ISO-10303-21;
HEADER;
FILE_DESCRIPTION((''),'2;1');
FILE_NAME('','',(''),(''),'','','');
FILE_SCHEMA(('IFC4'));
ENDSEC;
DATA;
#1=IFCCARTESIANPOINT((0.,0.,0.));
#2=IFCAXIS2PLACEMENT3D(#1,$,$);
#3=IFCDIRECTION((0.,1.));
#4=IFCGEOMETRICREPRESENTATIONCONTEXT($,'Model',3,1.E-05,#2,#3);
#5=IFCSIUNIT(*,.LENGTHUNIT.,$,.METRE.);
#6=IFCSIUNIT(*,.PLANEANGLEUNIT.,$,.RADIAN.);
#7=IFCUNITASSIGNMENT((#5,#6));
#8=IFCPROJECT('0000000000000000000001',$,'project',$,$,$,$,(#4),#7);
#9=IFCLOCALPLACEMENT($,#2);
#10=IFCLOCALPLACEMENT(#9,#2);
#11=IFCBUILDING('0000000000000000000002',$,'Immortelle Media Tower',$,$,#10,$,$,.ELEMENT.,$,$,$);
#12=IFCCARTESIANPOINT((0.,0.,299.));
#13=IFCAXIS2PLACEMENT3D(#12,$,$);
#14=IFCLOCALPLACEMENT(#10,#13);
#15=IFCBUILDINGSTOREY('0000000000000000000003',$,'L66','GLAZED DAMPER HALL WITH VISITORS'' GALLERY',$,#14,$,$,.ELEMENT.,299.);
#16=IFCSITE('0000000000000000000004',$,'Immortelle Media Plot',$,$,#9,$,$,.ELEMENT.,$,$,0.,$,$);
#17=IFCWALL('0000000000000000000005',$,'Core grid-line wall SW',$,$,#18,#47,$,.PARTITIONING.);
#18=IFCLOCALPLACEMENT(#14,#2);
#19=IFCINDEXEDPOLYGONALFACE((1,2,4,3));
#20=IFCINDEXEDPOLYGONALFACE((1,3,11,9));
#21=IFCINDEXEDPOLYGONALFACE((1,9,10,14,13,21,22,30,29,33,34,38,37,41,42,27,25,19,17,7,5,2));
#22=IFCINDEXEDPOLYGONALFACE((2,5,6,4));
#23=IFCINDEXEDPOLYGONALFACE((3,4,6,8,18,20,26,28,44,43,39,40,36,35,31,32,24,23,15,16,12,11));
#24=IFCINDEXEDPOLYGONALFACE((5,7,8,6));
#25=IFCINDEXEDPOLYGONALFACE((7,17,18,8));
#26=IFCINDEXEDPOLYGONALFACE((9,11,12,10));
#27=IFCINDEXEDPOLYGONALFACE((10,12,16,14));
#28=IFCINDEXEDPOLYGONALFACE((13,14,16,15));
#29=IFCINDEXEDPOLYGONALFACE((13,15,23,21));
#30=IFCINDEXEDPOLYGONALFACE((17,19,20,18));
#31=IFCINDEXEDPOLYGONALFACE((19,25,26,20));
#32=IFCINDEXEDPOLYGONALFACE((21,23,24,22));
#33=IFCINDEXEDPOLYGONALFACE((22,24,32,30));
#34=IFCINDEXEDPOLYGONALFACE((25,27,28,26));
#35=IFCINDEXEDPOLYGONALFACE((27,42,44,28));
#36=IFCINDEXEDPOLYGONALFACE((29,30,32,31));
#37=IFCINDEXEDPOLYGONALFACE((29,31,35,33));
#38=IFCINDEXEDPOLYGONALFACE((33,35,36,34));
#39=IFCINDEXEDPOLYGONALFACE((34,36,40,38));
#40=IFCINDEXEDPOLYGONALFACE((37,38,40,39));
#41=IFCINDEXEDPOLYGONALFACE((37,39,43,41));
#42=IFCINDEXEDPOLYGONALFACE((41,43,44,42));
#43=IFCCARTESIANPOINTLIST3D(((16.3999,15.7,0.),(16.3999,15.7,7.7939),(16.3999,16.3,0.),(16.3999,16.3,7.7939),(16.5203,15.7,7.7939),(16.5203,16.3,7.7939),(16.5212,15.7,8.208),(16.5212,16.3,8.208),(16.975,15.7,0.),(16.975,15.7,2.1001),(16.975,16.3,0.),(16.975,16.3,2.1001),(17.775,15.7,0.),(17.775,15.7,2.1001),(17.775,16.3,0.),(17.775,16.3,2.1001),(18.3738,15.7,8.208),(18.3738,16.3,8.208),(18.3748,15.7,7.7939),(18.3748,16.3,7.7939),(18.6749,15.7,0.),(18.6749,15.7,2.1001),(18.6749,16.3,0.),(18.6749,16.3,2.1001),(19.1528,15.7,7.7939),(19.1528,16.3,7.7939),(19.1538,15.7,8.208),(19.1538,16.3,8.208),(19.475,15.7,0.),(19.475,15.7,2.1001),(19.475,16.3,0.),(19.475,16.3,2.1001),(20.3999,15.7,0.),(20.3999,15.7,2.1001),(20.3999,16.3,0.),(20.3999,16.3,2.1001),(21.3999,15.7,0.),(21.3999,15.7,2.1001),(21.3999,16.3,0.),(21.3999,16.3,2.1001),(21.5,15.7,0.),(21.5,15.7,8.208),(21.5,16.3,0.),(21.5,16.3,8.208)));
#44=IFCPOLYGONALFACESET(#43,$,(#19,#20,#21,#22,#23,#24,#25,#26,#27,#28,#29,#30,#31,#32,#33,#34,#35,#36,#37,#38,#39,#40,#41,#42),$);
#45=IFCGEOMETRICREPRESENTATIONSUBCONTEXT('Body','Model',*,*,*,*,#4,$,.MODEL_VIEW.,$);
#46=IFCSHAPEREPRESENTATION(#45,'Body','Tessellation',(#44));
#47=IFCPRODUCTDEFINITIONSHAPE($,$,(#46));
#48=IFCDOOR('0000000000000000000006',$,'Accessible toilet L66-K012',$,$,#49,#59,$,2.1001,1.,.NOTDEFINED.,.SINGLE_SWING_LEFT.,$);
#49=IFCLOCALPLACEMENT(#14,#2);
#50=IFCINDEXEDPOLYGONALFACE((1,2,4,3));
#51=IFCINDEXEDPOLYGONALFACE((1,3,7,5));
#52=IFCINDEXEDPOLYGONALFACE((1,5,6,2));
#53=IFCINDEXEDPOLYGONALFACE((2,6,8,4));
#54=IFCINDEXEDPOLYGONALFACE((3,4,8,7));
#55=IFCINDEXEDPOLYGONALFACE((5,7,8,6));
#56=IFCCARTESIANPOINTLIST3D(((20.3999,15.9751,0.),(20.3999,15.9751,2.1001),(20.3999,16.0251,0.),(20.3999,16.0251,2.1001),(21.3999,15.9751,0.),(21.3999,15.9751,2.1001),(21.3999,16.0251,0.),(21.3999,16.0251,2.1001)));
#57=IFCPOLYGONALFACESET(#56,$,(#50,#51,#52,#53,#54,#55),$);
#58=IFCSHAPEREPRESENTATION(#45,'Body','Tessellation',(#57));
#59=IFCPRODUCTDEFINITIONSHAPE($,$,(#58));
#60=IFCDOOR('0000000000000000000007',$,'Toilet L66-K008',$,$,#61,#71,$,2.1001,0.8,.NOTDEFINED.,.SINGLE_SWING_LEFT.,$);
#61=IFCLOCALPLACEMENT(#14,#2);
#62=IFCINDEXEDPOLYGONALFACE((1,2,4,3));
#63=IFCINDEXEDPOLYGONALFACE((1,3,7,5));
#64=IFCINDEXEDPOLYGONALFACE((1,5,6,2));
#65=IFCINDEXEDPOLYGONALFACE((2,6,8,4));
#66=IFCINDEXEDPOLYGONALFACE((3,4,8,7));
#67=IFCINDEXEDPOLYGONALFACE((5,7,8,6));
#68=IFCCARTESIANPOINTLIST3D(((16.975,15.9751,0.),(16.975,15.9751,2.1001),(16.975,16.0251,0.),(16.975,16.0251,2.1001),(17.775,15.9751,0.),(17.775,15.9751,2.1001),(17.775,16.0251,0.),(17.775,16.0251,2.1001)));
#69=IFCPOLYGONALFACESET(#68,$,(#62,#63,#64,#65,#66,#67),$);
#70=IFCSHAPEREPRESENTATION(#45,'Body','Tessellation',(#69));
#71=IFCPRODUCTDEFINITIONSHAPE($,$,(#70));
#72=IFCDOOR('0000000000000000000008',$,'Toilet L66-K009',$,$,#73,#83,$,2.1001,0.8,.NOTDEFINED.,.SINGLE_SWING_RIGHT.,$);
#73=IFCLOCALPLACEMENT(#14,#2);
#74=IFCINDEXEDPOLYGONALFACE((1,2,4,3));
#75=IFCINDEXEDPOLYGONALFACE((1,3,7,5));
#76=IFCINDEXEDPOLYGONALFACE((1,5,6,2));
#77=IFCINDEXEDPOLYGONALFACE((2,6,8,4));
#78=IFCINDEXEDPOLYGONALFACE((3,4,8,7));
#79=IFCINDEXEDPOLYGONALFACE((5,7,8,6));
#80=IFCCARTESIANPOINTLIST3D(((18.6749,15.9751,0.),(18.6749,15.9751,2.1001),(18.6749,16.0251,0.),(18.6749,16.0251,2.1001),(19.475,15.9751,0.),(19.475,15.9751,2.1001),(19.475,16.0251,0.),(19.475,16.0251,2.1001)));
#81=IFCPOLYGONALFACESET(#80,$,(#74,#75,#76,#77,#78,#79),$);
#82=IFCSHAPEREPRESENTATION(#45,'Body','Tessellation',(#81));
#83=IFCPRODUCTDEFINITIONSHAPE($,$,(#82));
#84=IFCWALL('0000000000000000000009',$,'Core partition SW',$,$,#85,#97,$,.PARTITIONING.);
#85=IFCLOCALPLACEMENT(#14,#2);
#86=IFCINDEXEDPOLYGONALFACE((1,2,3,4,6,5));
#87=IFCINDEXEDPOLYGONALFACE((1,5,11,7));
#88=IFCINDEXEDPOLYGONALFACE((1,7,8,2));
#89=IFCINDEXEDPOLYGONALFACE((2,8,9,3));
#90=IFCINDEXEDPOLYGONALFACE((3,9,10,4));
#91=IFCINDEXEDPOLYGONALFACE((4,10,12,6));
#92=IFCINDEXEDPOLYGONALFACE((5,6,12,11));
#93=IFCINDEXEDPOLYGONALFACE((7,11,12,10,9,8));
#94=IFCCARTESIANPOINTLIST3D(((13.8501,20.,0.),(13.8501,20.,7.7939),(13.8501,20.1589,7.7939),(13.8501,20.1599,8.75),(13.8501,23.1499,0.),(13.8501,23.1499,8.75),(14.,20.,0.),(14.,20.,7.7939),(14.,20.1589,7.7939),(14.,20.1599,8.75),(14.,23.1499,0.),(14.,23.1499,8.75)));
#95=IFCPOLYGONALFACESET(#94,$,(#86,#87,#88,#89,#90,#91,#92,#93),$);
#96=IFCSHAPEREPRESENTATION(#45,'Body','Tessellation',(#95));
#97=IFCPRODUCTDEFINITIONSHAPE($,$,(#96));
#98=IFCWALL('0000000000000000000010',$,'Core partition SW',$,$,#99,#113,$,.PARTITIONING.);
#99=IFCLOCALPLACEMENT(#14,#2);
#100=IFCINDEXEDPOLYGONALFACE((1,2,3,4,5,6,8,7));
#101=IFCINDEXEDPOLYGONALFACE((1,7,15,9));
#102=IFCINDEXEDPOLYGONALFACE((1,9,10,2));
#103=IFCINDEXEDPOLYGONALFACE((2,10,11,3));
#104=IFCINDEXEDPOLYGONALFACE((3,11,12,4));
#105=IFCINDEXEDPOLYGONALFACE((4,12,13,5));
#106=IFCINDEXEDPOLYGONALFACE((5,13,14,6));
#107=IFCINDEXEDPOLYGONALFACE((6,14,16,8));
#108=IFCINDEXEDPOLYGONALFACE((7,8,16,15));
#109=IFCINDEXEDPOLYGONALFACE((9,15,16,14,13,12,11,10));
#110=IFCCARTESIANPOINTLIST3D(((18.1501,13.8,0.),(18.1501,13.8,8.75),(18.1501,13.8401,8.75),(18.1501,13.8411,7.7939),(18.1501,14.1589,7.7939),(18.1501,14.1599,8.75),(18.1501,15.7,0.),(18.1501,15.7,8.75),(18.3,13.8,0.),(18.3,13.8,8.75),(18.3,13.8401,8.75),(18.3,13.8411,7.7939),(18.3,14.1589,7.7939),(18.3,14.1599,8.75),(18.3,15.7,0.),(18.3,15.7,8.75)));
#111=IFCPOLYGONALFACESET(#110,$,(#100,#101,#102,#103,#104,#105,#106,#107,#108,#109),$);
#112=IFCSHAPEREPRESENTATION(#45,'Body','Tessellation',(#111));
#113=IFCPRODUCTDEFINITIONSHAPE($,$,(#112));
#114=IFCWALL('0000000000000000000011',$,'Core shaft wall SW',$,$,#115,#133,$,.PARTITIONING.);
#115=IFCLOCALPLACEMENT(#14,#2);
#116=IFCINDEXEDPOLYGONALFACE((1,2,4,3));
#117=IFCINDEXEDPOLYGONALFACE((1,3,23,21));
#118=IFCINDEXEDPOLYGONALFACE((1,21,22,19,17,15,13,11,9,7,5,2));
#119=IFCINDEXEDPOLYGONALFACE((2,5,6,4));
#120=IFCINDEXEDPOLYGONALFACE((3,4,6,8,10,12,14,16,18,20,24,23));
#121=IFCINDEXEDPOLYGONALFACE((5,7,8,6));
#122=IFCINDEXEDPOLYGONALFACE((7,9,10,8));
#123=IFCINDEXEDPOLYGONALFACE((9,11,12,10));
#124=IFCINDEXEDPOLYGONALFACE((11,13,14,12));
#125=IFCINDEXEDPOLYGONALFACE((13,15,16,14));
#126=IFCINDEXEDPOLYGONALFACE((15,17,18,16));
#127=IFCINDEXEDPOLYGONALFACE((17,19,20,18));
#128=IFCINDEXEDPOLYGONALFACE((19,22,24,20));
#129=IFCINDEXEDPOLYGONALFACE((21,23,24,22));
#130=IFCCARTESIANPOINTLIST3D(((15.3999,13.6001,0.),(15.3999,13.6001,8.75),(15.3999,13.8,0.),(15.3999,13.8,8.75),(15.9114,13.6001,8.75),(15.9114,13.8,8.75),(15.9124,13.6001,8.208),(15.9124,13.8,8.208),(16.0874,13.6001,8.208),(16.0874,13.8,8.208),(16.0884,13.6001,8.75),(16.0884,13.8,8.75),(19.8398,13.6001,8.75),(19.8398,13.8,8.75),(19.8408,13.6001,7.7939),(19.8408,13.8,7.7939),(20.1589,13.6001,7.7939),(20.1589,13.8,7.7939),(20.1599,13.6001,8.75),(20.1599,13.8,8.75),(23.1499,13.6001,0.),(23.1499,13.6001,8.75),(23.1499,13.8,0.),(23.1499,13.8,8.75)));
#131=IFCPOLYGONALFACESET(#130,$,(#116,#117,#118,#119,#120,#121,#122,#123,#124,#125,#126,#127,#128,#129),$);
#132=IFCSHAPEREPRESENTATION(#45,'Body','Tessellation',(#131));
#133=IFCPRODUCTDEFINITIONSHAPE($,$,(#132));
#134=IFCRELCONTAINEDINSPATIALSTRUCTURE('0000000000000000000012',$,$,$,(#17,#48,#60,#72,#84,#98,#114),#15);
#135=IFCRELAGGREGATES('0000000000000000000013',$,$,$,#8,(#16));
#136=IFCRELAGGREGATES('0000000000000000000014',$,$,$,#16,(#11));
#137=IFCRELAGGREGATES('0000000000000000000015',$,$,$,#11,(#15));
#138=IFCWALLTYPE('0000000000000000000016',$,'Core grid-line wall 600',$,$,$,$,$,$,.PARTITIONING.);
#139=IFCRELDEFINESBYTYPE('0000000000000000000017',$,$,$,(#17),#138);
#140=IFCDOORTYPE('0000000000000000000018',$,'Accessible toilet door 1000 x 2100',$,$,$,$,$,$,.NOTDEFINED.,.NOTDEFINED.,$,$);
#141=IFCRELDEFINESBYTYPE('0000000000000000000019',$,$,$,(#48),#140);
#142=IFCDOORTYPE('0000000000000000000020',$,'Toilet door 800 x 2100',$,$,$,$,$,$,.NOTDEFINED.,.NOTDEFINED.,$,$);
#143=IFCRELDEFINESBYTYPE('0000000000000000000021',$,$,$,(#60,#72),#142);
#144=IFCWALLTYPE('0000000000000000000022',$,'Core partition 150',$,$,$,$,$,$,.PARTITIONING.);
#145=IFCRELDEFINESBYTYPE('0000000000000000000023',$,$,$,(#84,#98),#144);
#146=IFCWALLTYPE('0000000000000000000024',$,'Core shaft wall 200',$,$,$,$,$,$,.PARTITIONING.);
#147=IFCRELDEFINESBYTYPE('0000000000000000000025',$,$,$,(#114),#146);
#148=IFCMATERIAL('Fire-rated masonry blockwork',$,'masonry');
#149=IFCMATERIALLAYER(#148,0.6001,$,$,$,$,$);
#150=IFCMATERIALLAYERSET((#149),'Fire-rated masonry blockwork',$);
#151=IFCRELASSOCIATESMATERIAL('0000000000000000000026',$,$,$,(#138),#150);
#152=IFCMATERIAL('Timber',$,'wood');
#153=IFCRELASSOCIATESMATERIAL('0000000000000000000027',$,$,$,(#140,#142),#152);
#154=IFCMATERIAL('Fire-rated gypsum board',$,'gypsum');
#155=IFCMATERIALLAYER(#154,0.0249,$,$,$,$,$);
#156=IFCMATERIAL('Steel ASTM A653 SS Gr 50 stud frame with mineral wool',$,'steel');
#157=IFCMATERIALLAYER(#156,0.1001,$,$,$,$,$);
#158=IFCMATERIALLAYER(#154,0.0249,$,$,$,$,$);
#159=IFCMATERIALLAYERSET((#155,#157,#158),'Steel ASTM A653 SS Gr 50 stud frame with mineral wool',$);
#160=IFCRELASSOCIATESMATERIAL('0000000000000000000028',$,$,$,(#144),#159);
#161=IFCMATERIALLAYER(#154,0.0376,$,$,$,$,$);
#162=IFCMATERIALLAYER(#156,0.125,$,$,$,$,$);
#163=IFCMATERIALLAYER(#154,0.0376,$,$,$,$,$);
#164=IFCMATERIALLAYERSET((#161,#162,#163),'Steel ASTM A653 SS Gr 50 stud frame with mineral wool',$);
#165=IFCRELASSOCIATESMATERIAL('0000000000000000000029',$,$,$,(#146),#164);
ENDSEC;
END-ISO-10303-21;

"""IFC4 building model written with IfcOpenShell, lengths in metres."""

from ifc_helpers import new_model, si_unit, direction, frame, frame_2d, origin, place, context, subcontext, project, spatial, polyline, rectangle, outline, extrude, material, layer, layer_set, type_object, element, fill, save


model = new_model("IFC4")

# Units and contexts
model_context = context("Model", 3, precision=1e-05, world=origin(), true_north=direction((0.0, 1.0)))
body_context = subcontext(model_context, "Body", "Model", "MODEL_VIEW")
ifc_project = project(units=[si_unit("LENGTHUNIT", "METRE"), si_unit("PLANEANGLEUNIT", "RADIAN")], contexts=[model_context])

# Site, building, storey
site_placement = place(None, origin())
site = spatial("IfcSite", under=ifc_project, at=site_placement, Name="Immortelle Media Plot", CompositionType="ELEMENT", RefElevation=0.0)
building_placement = place(site_placement, origin())
building = spatial("IfcBuilding", under=site, at=building_placement, Name="Immortelle Media Tower", CompositionType="ELEMENT")
storey_placement = place(building_placement, frame((0.0, 0.0, 299.0)))
storey = spatial("IfcBuildingStorey", under=building, at=storey_placement, Name="L66", Description="GLAZED DAMPER HALL WITH VISITORS' GALLERY", CompositionType="ELEMENT", Elevation=299.0)

# Wall, openings, doors
ifc_material_1 = material(Name="Fire-rated masonry blockwork", Category="masonry")
ifc_layer_1 = layer(ifc_material_1, 0.6001)
ifc_layer_set_1 = layer_set([ifc_layer_1], Name="Fire-rated masonry blockwork")
wall_type_1 = type_object("IfcWallType", Name="Core grid-line wall 600", PredefinedType="PARTITIONING", material=ifc_layer_set_1)
wall_1_placement = place(storey_placement, frame((16.3999, 16.0, 0.0), z_axis=(0.0, 0.0, 1.0), x_axis=(1.0, 0.0, 0.0)))
wall_1 = element("IfcWall", 1, at=wall_1_placement, inside=storey, type_object=wall_type_1, Name="Core grid-line wall SW", PredefinedType="PARTITIONING", context=body_context, shape_type="SweptSolid", body=[
    extrude(outline(polyline([(0.0, 0.0), (5.1001, 0.0), (5.1001, 8.208), (2.7539, 8.208), (2.7529, 7.7939), (1.9749, 7.7939), (1.9739, 8.208), (0.1213, 8.208), (0.1204, 7.7939), (0.0, 7.7939), (0.0, 0.0)])), frame((0.0, 0.3, 0.0), z_axis=(0.0, -1.0, 0.0), x_axis=(1.0, 0.0, 0.0)), (0.0, 0.0, 1.0), 0.6001),
])
opening_1_placement = place(wall_1_placement, frame((1.375, 0.0, 0.0), z_axis=(0.0, 0.0, 1.0), x_axis=(-1.0, 0.0, 0.0)))
opening_1 = element("IfcOpeningElement", 2, at=opening_1_placement, cuts=wall_1, PredefinedType="OPENING", context=body_context, shape_type="SweptSolid", body=[
    extrude(rectangle(XDim=0.8, YDim=2.1001, at=frame_2d((0.3999, 1.05))), frame((0.0, 0.3101, 0.0), z_axis=(0.0, -1.0, 0.0), x_axis=(1.0, 0.0, 0.0)), (0.0, 0.0, 1.0), 0.6201),
])
opening_2_placement = place(wall_1_placement, frame((3.075, 0.0, 0.0), z_axis=(0.0, 0.0, 1.0), x_axis=(-1.0, 0.0, 0.0)))
opening_2 = element("IfcOpeningElement", 3, at=opening_2_placement, cuts=wall_1, PredefinedType="OPENING", context=body_context, shape_type="SweptSolid", body=[
    extrude(rectangle(XDim=0.8, YDim=2.1001, at=frame_2d((0.3999, 1.05))), frame((0.0, 0.3101, 0.0), z_axis=(0.0, -1.0, 0.0), x_axis=(1.0, 0.0, 0.0)), (0.0, 0.0, 1.0), 0.6201),
])
opening_3_placement = place(wall_1_placement, frame((5.0, 0.0, 0.0), z_axis=(0.0, 0.0, 1.0), x_axis=(-1.0, 0.0, 0.0)))
opening_3 = element("IfcOpeningElement", 4, at=opening_3_placement, cuts=wall_1, PredefinedType="OPENING", context=body_context, shape_type="SweptSolid", body=[
    extrude(rectangle(XDim=1.0, YDim=2.1001, at=frame_2d((0.5, 1.05))), frame((0.0, 0.3101, 0.0), z_axis=(0.0, -1.0, 0.0), x_axis=(1.0, 0.0, 0.0)), (0.0, 0.0, 1.0), 0.6201),
])
ifc_material_2 = material(Name="Timber", Category="wood")
door_type_1 = type_object("IfcDoorType", Name="Accessible toilet door 1000 x 2100", OperationType="NOTDEFINED", PredefinedType="NOTDEFINED", material=ifc_material_2)
door_1_placement = place(opening_3_placement, origin())
door_1 = element("IfcDoor", 5, at=door_1_placement, inside=storey, type_object=door_type_1, Name="Accessible toilet L66-K012", OperationType="SINGLE_SWING_LEFT", OverallHeight=2.1001, OverallWidth=1.0, PredefinedType="NOTDEFINED", context=body_context, shape_type="SweptSolid", body=[
    extrude(rectangle(XDim=1.0, YDim=2.1001, at=frame_2d((0.5, 1.05))), frame((0.0, 0.0249, 0.0), z_axis=(0.0, -1.0, 0.0), x_axis=(1.0, 0.0, 0.0)), (0.0, 0.0, 1.0), 0.05),
])
fill(opening_3, door_1)
door_type_2 = type_object("IfcDoorType", Name="Toilet door 800 x 2100", OperationType="NOTDEFINED", PredefinedType="NOTDEFINED", material=ifc_material_2)
door_2_placement = place(opening_1_placement, origin())
door_2 = element("IfcDoor", 6, at=door_2_placement, inside=storey, type_object=door_type_2, Name="Toilet L66-K008", OperationType="SINGLE_SWING_LEFT", OverallHeight=2.1001, OverallWidth=0.8, PredefinedType="NOTDEFINED", context=body_context, shape_type="SweptSolid", body=[
    extrude(rectangle(XDim=0.8, YDim=2.1001, at=frame_2d((0.3999, 1.05))), frame((0.0, 0.0249, 0.0), z_axis=(0.0, -1.0, 0.0), x_axis=(1.0, 0.0, 0.0)), (0.0, 0.0, 1.0), 0.05),
])
fill(opening_1, door_2)
door_3_placement = place(opening_2_placement, origin())
door_3 = element("IfcDoor", 7, at=door_3_placement, inside=storey, type_object=door_type_2, Name="Toilet L66-K009", OperationType="SINGLE_SWING_RIGHT", OverallHeight=2.1001, OverallWidth=0.8, PredefinedType="NOTDEFINED", context=body_context, shape_type="SweptSolid", body=[
    extrude(rectangle(XDim=0.8, YDim=2.1001, at=frame_2d((0.3999, 1.05))), frame((0.0, 0.0249, 0.0), z_axis=(0.0, -1.0, 0.0), x_axis=(1.0, 0.0, 0.0)), (0.0, 0.0, 1.0), 0.05),
])
fill(opening_2, door_3)

# Walls
ifc_material_3 = material(Name="Fire-rated gypsum board", Category="gypsum")
ifc_layer_2 = layer(ifc_material_3, 0.0249)
ifc_material_4 = material(Name="Steel ASTM A653 SS Gr 50 stud frame with mineral wool", Category="steel")
ifc_layer_3 = layer(ifc_material_4, 0.1001)
ifc_layer_4 = layer(ifc_material_3, 0.0249)
ifc_layer_set_2 = layer_set([ifc_layer_2, ifc_layer_3, ifc_layer_4], Name="Steel ASTM A653 SS Gr 50 stud frame with mineral wool")
wall_type_2 = type_object("IfcWallType", Name="Core partition 150", PredefinedType="PARTITIONING", material=ifc_layer_set_2)
wall_2_placement = place(storey_placement, frame((13.925, 20.0, 0.0), z_axis=(0.0, 0.0, 1.0), x_axis=(0.0, 1.0, 0.0)))
element("IfcWall", 8, at=wall_2_placement, inside=storey, type_object=wall_type_2, Name="Core partition SW", PredefinedType="PARTITIONING", context=body_context, shape_type="SweptSolid", body=[
    extrude(outline(polyline([(0.0, 0.0), (3.1499, 0.0), (3.1499, 8.75), (0.1599, 8.75), (0.1589, 7.7939), (0.0, 7.7939), (0.0, 0.0)])), frame((0.0, 0.075, 0.0), z_axis=(0.0, -1.0, 0.0), x_axis=(1.0, 0.0, 0.0)), (0.0, 0.0, 1.0), 0.1499),
])
wall_3_placement = place(storey_placement, frame((18.2251, 13.8, 0.0), z_axis=(0.0, 0.0, 1.0), x_axis=(0.0, 1.0, 0.0)))
element("IfcWall", 9, at=wall_3_placement, inside=storey, type_object=wall_type_2, Name="Core partition SW", PredefinedType="PARTITIONING", context=body_context, shape_type="SweptSolid", body=[
    extrude(outline(polyline([(0.0, 0.0), (1.8999, 0.0), (1.8999, 8.75), (0.3599, 8.75), (0.3589, 7.7939), (0.041, 7.7939), (0.04, 8.75), (0.0, 8.75), (0.0, 0.0)])), frame((0.0, 0.075, 0.0), z_axis=(0.0, -1.0, 0.0), x_axis=(1.0, 0.0, 0.0)), (0.0, 0.0, 1.0), 0.1499),
])
ifc_layer_5 = layer(ifc_material_3, 0.0376)
ifc_layer_6 = layer(ifc_material_4, 0.125)
ifc_layer_7 = layer(ifc_material_3, 0.0376)
ifc_layer_set_3 = layer_set([ifc_layer_5, ifc_layer_6, ifc_layer_7], Name="Steel ASTM A653 SS Gr 50 stud frame with mineral wool")
wall_type_3 = type_object("IfcWallType", Name="Core shaft wall 200", PredefinedType="PARTITIONING", material=ifc_layer_set_3)
wall_4_placement = place(storey_placement, frame((15.3999, 13.7, 0.0), z_axis=(0.0, 0.0, 1.0), x_axis=(1.0, 0.0, 0.0)))
element("IfcWall", 10, at=wall_4_placement, inside=storey, type_object=wall_type_3, Name="Core shaft wall SW", PredefinedType="PARTITIONING", context=body_context, shape_type="SweptSolid", body=[
    extrude(outline(polyline([(0.0, 0.0), (7.75, 0.0), (7.75, 8.75), (4.76, 8.75), (4.759, 7.7939), (4.4409, 7.7939), (4.4399, 8.75), (0.6885, 8.75), (0.6875, 8.208), (0.5125, 8.208), (0.5115, 8.75), (0.0, 8.75), (0.0, 0.0)])), frame((0.0, 0.1001, 0.0), z_axis=(0.0, -1.0, 0.0), x_axis=(1.0, 0.0, 0.0)), (0.0, 0.0, 1.0), 0.2),
])

save(model, "model.ifc")
